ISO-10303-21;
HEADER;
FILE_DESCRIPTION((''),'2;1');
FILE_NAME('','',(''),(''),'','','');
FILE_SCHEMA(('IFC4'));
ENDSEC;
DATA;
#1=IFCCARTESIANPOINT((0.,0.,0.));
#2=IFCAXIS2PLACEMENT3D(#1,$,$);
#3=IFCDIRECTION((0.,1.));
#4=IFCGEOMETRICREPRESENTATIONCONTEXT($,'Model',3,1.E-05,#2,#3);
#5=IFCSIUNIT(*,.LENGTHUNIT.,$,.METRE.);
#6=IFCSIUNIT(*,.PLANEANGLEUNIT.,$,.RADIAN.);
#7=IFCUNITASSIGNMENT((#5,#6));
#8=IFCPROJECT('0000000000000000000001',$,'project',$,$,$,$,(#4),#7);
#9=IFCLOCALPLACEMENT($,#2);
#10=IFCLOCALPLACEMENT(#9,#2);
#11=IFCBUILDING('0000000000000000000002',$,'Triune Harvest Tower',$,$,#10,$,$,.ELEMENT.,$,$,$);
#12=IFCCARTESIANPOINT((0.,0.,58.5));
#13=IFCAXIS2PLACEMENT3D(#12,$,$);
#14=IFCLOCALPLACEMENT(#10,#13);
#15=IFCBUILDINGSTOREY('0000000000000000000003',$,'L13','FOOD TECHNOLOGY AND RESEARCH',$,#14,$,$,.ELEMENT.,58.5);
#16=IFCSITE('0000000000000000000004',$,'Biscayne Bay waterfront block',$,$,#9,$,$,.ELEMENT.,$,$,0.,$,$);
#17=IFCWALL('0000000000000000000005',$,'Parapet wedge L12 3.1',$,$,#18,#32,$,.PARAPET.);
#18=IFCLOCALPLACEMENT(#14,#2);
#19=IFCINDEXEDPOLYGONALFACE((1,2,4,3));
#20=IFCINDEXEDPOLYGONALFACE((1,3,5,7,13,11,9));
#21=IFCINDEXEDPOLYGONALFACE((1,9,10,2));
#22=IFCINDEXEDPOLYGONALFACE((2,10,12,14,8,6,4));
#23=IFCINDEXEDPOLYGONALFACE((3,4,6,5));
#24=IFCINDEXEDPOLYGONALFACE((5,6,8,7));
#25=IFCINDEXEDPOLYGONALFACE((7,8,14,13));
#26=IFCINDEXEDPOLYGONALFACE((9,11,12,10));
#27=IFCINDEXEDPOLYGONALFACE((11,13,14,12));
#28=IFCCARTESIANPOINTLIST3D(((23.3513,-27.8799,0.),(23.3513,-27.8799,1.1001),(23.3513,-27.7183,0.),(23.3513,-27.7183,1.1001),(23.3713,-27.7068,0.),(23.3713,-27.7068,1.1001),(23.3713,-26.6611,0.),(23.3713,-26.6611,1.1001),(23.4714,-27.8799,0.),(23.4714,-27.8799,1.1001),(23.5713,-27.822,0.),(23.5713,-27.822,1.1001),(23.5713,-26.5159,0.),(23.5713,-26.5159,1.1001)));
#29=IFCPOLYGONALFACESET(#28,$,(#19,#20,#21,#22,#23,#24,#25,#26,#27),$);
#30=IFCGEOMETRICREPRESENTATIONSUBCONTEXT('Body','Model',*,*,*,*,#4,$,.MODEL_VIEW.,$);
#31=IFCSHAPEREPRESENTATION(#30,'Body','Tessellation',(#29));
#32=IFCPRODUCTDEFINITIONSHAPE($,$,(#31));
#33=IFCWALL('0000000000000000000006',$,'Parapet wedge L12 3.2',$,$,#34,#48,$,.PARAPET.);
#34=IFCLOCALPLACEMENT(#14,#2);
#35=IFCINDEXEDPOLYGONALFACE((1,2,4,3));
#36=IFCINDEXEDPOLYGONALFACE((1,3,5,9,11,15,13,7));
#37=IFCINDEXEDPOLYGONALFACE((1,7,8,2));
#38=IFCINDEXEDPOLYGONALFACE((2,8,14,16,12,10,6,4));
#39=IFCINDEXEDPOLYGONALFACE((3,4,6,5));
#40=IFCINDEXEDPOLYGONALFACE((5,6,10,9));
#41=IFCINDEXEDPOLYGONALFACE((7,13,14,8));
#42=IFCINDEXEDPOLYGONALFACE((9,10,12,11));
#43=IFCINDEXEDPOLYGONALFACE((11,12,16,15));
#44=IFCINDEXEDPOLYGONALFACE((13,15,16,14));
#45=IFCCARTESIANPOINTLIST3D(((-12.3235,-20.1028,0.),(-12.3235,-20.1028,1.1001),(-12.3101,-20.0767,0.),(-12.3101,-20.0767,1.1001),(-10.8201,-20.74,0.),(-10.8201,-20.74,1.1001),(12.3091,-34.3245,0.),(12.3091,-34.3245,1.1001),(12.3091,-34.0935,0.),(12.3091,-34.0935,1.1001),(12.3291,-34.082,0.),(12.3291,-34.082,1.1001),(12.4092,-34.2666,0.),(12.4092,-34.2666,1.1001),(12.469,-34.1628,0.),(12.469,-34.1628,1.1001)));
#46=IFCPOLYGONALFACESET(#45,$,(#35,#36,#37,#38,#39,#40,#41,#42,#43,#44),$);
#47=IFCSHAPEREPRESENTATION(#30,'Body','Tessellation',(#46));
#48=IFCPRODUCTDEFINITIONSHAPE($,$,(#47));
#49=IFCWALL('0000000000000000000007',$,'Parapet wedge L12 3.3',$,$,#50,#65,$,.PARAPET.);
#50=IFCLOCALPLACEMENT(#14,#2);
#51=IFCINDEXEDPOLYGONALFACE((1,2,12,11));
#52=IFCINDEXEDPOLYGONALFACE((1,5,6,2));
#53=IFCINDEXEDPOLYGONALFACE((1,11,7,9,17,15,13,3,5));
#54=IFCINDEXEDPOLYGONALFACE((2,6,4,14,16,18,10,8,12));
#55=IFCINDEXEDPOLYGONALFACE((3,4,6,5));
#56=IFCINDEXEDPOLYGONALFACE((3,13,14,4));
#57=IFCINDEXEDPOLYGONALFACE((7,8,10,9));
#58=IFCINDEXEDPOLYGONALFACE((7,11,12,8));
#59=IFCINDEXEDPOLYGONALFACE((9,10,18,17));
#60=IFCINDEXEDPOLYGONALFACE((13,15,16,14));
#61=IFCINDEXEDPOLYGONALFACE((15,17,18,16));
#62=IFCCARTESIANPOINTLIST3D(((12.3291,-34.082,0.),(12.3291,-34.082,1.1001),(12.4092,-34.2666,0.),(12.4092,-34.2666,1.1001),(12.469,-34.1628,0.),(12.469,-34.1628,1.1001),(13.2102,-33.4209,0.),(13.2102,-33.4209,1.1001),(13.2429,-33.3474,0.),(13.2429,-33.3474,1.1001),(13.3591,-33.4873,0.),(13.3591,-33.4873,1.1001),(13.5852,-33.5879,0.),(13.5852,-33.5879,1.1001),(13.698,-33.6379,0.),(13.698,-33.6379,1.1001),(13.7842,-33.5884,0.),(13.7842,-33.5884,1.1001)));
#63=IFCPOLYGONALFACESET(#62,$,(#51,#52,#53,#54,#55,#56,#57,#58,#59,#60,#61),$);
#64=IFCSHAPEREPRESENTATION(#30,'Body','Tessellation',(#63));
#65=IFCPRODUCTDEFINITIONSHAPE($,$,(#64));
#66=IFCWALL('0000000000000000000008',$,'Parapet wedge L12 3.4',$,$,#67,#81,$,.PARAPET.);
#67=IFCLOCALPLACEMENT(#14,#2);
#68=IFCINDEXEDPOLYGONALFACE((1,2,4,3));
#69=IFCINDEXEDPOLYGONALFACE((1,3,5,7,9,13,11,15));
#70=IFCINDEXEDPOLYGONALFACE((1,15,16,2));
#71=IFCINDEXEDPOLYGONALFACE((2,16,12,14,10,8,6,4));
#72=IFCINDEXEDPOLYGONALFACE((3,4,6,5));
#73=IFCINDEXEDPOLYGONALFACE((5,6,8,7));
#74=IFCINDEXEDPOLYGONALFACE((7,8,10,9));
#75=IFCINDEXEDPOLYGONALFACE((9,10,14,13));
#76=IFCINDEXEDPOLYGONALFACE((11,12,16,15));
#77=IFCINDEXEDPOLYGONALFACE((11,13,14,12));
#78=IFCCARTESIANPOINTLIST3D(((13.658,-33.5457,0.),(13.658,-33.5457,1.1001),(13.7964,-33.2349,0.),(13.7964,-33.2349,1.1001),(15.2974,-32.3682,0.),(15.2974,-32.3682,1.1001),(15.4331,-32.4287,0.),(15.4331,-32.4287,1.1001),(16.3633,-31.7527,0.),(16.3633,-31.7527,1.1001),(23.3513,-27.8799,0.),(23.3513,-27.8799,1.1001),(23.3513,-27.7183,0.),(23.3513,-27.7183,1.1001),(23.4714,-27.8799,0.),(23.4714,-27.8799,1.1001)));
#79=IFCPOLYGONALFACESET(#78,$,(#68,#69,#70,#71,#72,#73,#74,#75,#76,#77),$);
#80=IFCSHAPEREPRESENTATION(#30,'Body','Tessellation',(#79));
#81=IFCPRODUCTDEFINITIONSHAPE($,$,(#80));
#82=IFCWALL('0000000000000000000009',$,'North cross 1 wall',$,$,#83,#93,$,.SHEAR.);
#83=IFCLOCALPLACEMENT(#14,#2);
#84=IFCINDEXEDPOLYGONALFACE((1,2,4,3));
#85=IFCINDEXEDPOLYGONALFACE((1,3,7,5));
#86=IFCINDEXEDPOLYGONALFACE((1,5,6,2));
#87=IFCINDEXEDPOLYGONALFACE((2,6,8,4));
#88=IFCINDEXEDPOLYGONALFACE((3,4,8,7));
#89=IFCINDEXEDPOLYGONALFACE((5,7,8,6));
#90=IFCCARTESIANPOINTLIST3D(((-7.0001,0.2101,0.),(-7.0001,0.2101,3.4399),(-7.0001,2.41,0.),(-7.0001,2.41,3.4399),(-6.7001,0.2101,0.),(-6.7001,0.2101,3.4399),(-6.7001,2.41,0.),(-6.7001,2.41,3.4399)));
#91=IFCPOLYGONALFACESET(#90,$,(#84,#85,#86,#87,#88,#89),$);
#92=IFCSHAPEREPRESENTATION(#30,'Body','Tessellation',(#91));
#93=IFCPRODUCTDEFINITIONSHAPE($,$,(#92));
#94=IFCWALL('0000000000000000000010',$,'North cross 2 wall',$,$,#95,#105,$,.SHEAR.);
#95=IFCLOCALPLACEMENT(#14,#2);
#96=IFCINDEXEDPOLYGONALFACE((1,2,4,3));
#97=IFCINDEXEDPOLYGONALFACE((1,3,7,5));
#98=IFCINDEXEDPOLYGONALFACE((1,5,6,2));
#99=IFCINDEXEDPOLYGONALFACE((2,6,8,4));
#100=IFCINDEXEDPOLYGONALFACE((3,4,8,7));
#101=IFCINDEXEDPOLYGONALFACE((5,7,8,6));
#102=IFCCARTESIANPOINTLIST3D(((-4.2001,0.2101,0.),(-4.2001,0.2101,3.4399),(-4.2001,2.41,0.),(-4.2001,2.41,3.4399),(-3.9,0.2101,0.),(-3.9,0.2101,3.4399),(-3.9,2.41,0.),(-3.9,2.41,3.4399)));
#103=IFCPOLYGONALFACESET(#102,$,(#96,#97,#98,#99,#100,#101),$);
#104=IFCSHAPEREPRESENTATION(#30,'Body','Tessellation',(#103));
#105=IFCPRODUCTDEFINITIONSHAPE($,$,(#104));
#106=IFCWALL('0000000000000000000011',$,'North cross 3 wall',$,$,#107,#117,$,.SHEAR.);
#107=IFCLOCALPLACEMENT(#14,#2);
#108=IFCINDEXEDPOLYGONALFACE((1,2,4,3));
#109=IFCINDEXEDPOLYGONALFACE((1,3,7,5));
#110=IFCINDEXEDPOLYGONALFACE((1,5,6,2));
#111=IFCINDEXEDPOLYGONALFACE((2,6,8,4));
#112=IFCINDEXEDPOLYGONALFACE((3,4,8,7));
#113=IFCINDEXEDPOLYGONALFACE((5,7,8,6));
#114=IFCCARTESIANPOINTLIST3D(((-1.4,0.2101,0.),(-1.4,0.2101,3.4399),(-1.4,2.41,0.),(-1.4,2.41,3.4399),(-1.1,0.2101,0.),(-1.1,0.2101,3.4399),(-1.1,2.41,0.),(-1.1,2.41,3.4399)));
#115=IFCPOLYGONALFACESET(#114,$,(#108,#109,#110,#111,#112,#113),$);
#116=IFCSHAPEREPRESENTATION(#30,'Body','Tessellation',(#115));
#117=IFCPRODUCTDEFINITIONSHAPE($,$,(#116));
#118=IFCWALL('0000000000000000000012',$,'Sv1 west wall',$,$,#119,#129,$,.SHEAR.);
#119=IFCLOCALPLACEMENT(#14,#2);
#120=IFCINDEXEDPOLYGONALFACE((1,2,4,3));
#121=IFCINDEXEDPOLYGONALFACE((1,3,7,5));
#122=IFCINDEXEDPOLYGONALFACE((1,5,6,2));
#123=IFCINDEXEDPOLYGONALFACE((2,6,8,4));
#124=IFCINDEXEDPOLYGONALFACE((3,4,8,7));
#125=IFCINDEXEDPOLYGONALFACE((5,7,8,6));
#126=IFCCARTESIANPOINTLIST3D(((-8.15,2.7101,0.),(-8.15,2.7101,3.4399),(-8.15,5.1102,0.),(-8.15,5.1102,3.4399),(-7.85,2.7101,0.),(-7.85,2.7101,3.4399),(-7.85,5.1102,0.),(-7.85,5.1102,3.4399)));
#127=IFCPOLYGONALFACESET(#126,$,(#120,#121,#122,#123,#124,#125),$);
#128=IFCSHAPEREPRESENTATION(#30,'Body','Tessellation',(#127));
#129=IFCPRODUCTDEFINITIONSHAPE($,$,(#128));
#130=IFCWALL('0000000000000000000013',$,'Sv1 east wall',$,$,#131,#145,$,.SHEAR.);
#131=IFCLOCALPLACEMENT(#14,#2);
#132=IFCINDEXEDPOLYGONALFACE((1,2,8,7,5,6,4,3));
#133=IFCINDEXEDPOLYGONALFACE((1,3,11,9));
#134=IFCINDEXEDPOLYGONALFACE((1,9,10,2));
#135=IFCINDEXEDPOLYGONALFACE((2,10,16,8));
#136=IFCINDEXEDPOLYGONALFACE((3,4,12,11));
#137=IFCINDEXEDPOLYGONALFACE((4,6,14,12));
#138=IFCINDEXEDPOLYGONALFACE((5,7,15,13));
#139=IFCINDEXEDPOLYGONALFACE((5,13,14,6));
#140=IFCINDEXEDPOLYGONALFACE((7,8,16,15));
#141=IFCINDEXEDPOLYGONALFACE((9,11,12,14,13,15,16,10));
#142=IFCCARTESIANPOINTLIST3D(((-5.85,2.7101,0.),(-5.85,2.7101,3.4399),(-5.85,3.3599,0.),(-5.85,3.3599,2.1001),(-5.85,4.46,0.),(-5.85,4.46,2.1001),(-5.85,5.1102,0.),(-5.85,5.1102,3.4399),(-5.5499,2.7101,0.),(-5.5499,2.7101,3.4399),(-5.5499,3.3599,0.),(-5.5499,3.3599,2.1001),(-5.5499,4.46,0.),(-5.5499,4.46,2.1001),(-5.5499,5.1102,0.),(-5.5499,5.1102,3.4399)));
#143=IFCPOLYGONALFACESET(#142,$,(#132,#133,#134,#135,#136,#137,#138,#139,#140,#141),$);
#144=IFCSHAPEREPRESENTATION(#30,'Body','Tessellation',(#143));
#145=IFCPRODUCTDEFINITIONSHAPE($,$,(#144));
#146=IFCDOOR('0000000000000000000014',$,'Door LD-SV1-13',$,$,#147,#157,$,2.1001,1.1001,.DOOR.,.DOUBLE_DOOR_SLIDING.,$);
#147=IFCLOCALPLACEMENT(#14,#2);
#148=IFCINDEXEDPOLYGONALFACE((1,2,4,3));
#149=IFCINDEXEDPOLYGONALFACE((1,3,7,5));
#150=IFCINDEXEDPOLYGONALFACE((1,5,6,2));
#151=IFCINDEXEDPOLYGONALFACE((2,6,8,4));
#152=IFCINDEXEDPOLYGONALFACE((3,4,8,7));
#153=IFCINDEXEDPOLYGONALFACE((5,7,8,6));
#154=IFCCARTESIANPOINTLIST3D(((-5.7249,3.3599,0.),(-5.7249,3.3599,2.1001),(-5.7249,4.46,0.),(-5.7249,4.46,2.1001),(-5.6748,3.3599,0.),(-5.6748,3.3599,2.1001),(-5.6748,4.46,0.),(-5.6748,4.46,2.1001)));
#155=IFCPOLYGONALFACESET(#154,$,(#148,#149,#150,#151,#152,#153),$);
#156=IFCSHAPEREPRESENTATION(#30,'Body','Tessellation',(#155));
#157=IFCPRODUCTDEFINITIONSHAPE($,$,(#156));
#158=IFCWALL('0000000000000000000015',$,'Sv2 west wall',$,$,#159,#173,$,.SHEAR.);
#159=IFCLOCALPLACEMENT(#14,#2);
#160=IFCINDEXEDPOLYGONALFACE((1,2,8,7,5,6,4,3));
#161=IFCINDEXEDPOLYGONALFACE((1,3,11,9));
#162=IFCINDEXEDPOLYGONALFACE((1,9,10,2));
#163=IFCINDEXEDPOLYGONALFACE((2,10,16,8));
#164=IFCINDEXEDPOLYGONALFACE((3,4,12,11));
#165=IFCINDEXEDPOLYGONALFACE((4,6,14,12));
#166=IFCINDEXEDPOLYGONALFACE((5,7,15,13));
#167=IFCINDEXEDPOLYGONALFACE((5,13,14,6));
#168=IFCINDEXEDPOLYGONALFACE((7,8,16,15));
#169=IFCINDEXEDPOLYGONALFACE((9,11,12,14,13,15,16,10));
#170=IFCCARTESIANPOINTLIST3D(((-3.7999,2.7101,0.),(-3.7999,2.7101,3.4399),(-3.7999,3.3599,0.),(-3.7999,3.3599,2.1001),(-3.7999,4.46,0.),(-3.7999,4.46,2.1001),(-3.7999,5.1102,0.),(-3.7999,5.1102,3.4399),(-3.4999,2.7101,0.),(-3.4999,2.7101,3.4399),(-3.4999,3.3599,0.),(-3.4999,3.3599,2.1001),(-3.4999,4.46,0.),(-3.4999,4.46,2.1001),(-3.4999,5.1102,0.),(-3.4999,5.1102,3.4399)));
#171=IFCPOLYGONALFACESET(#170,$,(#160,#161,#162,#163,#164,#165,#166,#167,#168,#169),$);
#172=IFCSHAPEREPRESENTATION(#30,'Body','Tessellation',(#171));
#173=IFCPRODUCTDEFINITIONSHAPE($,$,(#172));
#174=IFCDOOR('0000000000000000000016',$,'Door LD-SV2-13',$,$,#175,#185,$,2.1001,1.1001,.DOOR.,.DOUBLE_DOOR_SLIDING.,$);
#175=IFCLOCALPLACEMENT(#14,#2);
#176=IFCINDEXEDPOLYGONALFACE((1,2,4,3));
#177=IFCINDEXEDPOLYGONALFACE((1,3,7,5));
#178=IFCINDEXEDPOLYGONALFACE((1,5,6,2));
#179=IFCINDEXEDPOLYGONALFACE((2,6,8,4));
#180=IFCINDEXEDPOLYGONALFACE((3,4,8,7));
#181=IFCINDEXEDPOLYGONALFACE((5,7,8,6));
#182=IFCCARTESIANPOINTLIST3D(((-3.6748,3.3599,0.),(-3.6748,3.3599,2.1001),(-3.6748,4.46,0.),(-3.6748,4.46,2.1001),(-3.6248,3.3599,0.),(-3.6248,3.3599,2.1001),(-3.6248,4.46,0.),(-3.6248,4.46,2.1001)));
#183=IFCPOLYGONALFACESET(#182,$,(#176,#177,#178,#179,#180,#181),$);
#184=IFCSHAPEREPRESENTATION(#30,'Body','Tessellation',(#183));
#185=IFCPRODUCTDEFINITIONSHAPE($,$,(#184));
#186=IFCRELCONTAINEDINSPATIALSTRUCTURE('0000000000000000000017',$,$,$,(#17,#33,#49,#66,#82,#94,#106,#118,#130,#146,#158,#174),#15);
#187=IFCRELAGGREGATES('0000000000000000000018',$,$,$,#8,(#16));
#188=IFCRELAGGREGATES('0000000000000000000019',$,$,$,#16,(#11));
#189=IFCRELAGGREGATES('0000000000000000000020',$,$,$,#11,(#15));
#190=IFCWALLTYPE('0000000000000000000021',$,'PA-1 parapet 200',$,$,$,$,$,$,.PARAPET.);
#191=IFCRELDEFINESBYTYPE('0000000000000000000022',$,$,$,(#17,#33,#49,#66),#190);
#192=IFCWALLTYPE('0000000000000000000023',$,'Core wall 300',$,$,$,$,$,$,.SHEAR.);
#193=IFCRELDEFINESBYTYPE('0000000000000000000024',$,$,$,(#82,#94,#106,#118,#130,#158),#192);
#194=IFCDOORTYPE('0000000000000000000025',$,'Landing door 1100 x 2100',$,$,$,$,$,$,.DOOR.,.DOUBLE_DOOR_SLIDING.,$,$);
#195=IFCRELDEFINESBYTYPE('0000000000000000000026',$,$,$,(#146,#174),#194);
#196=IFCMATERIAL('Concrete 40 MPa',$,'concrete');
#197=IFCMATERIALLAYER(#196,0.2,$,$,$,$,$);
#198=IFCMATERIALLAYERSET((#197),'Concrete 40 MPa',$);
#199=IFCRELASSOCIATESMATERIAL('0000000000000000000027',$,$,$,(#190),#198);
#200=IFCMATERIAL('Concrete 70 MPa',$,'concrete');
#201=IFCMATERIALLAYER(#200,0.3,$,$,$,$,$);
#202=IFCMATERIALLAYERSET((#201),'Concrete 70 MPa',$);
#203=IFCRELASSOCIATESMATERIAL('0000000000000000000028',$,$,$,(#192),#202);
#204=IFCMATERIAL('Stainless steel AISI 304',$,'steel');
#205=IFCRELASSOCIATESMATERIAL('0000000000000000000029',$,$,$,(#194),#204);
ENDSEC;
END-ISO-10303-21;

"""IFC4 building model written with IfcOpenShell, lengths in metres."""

from ifc_helpers import new_model, si_unit, direction, frame, frame_2d, origin, place, context, subcontext, project, spatial, polyline, rectangle, outline, extrude, source, transform, mapped, material, layer, layer_set, type_object, element, fill, save


model = new_model("IFC4")

# Units and contexts
model_context = context("Model", 3, precision=1e-05, world=origin(), true_north=direction((0.0, 1.0)))
body_context = subcontext(model_context, "Body", "Model", "MODEL_VIEW")
ifc_project = project(units=[si_unit("LENGTHUNIT", "METRE"), si_unit("PLANEANGLEUNIT", "RADIAN")], contexts=[model_context])

# Site, building, storey
site_placement = place(None, origin())
site = spatial("IfcSite", under=ifc_project, at=site_placement, Name="Biscayne Bay waterfront block", CompositionType="ELEMENT", RefElevation=0.0)
building_placement = place(site_placement, origin())
building = spatial("IfcBuilding", under=site, at=building_placement, Name="Triune Harvest Tower", CompositionType="ELEMENT")
storey_placement = place(building_placement, frame((0.0, 0.0, 58.5)))
storey = spatial("IfcBuildingStorey", under=building, at=storey_placement, Name="L13", Description="FOOD TECHNOLOGY AND RESEARCH", CompositionType="ELEMENT", Elevation=58.5)

# Walls
ifc_material_1 = material(Name="Concrete 40 MPa", Category="concrete")
ifc_layer_1 = layer(ifc_material_1, 0.2)
ifc_layer_set_1 = layer_set([ifc_layer_1], Name="Concrete 40 MPa")
wall_type_1 = type_object("IfcWallType", Name="PA-1 parapet 200", PredefinedType="PARAPET", material=ifc_layer_set_1)
wall_1_placement = place(storey_placement, origin())
element("IfcWall", 1, at=wall_1_placement, inside=storey, type_object=wall_type_1, Name="Parapet wedge L12 3.1", PredefinedType="PARAPET", context=body_context, shape_type="SweptSolid", body=[
    extrude(outline(polyline([(23.3513, -27.7183), (23.3713, -27.7068), (23.3713, -26.6611), (23.5713, -26.5159), (23.5713, -27.822), (23.4714, -27.8799), (23.3513, -27.8799), (23.3513, -27.7183)])), origin(), (0.0, 0.0, 1.0), 1.1001),
])
wall_2_placement = place(storey_placement, origin())
element("IfcWall", 2, at=wall_2_placement, inside=storey, type_object=wall_type_1, Name="Parapet wedge L12 3.2", PredefinedType="PARAPET", context=body_context, shape_type="SweptSolid", body=[
    extrude(outline(polyline([(-12.3235, -20.1028), (-12.3101, -20.0767), (-10.8201, -20.74), (12.3091, -34.0935), (12.3291, -34.082), (12.469, -34.1628), (12.4092, -34.2666), (12.3091, -34.3245), (-12.3235, -20.1028)])), origin(), (0.0, 0.0, 1.0), 1.1001),
])
wall_3_placement = place(storey_placement, origin())
element("IfcWall", 3, at=wall_3_placement, inside=storey, type_object=wall_type_1, Name="Parapet wedge L12 3.3", PredefinedType="PARAPET", context=body_context, shape_type="SweptSolid", body=[
    extrude(outline(polyline([(12.4092, -34.2666), (12.469, -34.1628), (12.3291, -34.082), (13.3591, -33.4873), (13.2102, -33.4209), (13.2429, -33.3474), (13.7842, -33.5884), (13.698, -33.6379), (13.5852, -33.5879), (12.4092, -34.2666)])), origin(), (0.0, 0.0, 1.0), 1.1001),
])
wall_4_placement = place(storey_placement, origin())
element("IfcWall", 4, at=wall_4_placement, inside=storey, type_object=wall_type_1, Name="Parapet wedge L12 3.4", PredefinedType="PARAPET", context=body_context, shape_type="SweptSolid", body=[
    extrude(outline(polyline([(15.2974, -32.3682), (15.4331, -32.4287), (16.3633, -31.7527), (23.3513, -27.7183), (23.3513, -27.8799), (23.4714, -27.8799), (13.658, -33.5457), (13.7964, -33.2349), (15.2974, -32.3682)])), origin(), (0.0, 0.0, 1.0), 1.1001),
])
ifc_material_2 = material(Name="Concrete 70 MPa", Category="concrete")
ifc_layer_2 = layer(ifc_material_2, 0.3)
ifc_layer_set_2 = layer_set([ifc_layer_2], Name="Concrete 70 MPa")
wall_type_2 = type_object("IfcWallType", Name="Core wall 300", PredefinedType="SHEAR", material=ifc_layer_set_2)
shared_shape_1 = source(origin(), body_context, "Body", "SweptSolid", [
    extrude(rectangle(XDim=2.2, YDim=0.3, at=frame_2d((1.1001, 0.0))), origin(), (0.0, 0.0, 1.0), 3.4399),
])
for number, where, z_axis, x_axis, name in (
    (5, (-6.8501, 0.21, 0.0), (0.0, 0.0, 1.0), (0.0, 1.0, 0.0), "North cross 1 wall"),
    (6, (-4.05, 0.21, 0.0), (0.0, 0.0, 1.0), (0.0, 1.0, 0.0), "North cross 2 wall"),
    (7, (-1.25, 0.21, 0.0), (0.0, 0.0, 1.0), (0.0, 1.0, 0.0), "North cross 3 wall"),
):
    element("IfcWall", number, at=place(storey_placement, frame(where, z_axis=z_axis, x_axis=x_axis)), inside=storey, type_object=wall_type_2, Name=name, PredefinedType="SHEAR", context=body_context, shape_type="MappedRepresentation", body=[
        mapped(shared_shape_1, transform((0.0, 0.0, 0.0), scale=1.0)),
    ])
shared_shape_2 = source(origin(), body_context, "Body", "SweptSolid", [
    extrude(rectangle(XDim=2.4001, YDim=0.3, at=frame_2d((1.2002, 0.0))), origin(), (0.0, 0.0, 1.0), 3.4399),
])
wall_5_placement = place(storey_placement, frame((-8.0, 2.71, 0.0), z_axis=(0.0, 0.0, 1.0), x_axis=(0.0, 1.0, 0.0)))
element("IfcWall", 8, at=wall_5_placement, inside=storey, type_object=wall_type_2, Name="Sv1 west wall", PredefinedType="SHEAR", context=body_context, shape_type="MappedRepresentation", body=[
    mapped(shared_shape_2, transform((0.0, 0.0, 0.0), scale=1.0)),
])

# Walls, openings, doors
wall_6_placement = place(storey_placement, frame((-5.7, 2.71, 0.0), z_axis=(0.0, 0.0, 1.0), x_axis=(0.0, 1.0, 0.0)))
wall_6 = element("IfcWall", 9, at=wall_6_placement, inside=storey, type_object=wall_type_2, Name="Sv1 east wall", PredefinedType="SHEAR", context=body_context, shape_type="MappedRepresentation", body=[
    mapped(shared_shape_2, transform((0.0, 0.0, 0.0), scale=1.0)),
])
opening_1_placement = place(wall_6_placement, frame((0.6499, 0.0, 0.0)))
opening_1 = element("IfcOpeningElement", 10, at=opening_1_placement, cuts=wall_6, PredefinedType="OPENING", context=body_context, shape_type="SweptSolid", body=[
    extrude(rectangle(XDim=1.1001, YDim=2.1001, at=frame_2d((0.55, 1.05))), frame((0.0, 0.1602, 0.0), z_axis=(0.0, -1.0, 0.0), x_axis=(1.0, 0.0, 0.0)), (0.0, 0.0, 1.0), 0.3201),
])
ifc_material_3 = material(Name="Stainless steel AISI 304", Category="steel")
door_type = type_object("IfcDoorType", Name="Landing door 1100 x 2100", OperationType="DOUBLE_DOOR_SLIDING", PredefinedType="DOOR", material=ifc_material_3)
door_1_placement = place(opening_1_placement, origin())
door_1 = element("IfcDoor", 11, at=door_1_placement, inside=storey, type_object=door_type, Name="Door LD-SV1-13", OperationType="DOUBLE_DOOR_SLIDING", OverallHeight=2.1001, OverallWidth=1.1001, PredefinedType="DOOR", context=body_context, shape_type="SweptSolid", body=[
    extrude(rectangle(XDim=1.1001, YDim=2.1001, at=frame_2d((0.55, 1.05))), frame((0.0, 0.0249, 0.0), z_axis=(0.0, -1.0, 0.0), x_axis=(1.0, 0.0, 0.0)), (0.0, 0.0, 1.0), 0.05),
])
fill(opening_1, door_1)
wall_7_placement = place(storey_placement, frame((-3.6499, 2.71, 0.0), z_axis=(0.0, 0.0, 1.0), x_axis=(0.0, 1.0, 0.0)))
wall_7 = element("IfcWall", 12, at=wall_7_placement, inside=storey, type_object=wall_type_2, Name="Sv2 west wall", PredefinedType="SHEAR", context=body_context, shape_type="MappedRepresentation", body=[
    mapped(shared_shape_2, transform((0.0, 0.0, 0.0), scale=1.0)),
])
opening_2_placement = place(wall_7_placement, frame((0.6499, 0.0, 0.0)))
opening_2 = element("IfcOpeningElement", 13, at=opening_2_placement, cuts=wall_7, PredefinedType="OPENING", context=body_context, shape_type="SweptSolid", body=[
    extrude(rectangle(XDim=1.1001, YDim=2.1001, at=frame_2d((0.55, 1.05))), frame((0.0, 0.1602, 0.0), z_axis=(0.0, -1.0, 0.0), x_axis=(1.0, 0.0, 0.0)), (0.0, 0.0, 1.0), 0.3201),
])
door_2_placement = place(opening_2_placement, origin())
door_2 = element("IfcDoor", 14, at=door_2_placement, inside=storey, type_object=door_type, Name="Door LD-SV2-13", OperationType="DOUBLE_DOOR_SLIDING", OverallHeight=2.1001, OverallWidth=1.1001, PredefinedType="DOOR", context=body_context, shape_type="SweptSolid", body=[
    extrude(rectangle(XDim=1.1001, YDim=2.1001, at=frame_2d((0.55, 1.05))), frame((0.0, 0.0249, 0.0), z_axis=(0.0, -1.0, 0.0), x_axis=(1.0, 0.0, 0.0)), (0.0, 0.0, 1.0), 0.05),
])
fill(opening_2, door_2)

save(model, "model.ifc")
